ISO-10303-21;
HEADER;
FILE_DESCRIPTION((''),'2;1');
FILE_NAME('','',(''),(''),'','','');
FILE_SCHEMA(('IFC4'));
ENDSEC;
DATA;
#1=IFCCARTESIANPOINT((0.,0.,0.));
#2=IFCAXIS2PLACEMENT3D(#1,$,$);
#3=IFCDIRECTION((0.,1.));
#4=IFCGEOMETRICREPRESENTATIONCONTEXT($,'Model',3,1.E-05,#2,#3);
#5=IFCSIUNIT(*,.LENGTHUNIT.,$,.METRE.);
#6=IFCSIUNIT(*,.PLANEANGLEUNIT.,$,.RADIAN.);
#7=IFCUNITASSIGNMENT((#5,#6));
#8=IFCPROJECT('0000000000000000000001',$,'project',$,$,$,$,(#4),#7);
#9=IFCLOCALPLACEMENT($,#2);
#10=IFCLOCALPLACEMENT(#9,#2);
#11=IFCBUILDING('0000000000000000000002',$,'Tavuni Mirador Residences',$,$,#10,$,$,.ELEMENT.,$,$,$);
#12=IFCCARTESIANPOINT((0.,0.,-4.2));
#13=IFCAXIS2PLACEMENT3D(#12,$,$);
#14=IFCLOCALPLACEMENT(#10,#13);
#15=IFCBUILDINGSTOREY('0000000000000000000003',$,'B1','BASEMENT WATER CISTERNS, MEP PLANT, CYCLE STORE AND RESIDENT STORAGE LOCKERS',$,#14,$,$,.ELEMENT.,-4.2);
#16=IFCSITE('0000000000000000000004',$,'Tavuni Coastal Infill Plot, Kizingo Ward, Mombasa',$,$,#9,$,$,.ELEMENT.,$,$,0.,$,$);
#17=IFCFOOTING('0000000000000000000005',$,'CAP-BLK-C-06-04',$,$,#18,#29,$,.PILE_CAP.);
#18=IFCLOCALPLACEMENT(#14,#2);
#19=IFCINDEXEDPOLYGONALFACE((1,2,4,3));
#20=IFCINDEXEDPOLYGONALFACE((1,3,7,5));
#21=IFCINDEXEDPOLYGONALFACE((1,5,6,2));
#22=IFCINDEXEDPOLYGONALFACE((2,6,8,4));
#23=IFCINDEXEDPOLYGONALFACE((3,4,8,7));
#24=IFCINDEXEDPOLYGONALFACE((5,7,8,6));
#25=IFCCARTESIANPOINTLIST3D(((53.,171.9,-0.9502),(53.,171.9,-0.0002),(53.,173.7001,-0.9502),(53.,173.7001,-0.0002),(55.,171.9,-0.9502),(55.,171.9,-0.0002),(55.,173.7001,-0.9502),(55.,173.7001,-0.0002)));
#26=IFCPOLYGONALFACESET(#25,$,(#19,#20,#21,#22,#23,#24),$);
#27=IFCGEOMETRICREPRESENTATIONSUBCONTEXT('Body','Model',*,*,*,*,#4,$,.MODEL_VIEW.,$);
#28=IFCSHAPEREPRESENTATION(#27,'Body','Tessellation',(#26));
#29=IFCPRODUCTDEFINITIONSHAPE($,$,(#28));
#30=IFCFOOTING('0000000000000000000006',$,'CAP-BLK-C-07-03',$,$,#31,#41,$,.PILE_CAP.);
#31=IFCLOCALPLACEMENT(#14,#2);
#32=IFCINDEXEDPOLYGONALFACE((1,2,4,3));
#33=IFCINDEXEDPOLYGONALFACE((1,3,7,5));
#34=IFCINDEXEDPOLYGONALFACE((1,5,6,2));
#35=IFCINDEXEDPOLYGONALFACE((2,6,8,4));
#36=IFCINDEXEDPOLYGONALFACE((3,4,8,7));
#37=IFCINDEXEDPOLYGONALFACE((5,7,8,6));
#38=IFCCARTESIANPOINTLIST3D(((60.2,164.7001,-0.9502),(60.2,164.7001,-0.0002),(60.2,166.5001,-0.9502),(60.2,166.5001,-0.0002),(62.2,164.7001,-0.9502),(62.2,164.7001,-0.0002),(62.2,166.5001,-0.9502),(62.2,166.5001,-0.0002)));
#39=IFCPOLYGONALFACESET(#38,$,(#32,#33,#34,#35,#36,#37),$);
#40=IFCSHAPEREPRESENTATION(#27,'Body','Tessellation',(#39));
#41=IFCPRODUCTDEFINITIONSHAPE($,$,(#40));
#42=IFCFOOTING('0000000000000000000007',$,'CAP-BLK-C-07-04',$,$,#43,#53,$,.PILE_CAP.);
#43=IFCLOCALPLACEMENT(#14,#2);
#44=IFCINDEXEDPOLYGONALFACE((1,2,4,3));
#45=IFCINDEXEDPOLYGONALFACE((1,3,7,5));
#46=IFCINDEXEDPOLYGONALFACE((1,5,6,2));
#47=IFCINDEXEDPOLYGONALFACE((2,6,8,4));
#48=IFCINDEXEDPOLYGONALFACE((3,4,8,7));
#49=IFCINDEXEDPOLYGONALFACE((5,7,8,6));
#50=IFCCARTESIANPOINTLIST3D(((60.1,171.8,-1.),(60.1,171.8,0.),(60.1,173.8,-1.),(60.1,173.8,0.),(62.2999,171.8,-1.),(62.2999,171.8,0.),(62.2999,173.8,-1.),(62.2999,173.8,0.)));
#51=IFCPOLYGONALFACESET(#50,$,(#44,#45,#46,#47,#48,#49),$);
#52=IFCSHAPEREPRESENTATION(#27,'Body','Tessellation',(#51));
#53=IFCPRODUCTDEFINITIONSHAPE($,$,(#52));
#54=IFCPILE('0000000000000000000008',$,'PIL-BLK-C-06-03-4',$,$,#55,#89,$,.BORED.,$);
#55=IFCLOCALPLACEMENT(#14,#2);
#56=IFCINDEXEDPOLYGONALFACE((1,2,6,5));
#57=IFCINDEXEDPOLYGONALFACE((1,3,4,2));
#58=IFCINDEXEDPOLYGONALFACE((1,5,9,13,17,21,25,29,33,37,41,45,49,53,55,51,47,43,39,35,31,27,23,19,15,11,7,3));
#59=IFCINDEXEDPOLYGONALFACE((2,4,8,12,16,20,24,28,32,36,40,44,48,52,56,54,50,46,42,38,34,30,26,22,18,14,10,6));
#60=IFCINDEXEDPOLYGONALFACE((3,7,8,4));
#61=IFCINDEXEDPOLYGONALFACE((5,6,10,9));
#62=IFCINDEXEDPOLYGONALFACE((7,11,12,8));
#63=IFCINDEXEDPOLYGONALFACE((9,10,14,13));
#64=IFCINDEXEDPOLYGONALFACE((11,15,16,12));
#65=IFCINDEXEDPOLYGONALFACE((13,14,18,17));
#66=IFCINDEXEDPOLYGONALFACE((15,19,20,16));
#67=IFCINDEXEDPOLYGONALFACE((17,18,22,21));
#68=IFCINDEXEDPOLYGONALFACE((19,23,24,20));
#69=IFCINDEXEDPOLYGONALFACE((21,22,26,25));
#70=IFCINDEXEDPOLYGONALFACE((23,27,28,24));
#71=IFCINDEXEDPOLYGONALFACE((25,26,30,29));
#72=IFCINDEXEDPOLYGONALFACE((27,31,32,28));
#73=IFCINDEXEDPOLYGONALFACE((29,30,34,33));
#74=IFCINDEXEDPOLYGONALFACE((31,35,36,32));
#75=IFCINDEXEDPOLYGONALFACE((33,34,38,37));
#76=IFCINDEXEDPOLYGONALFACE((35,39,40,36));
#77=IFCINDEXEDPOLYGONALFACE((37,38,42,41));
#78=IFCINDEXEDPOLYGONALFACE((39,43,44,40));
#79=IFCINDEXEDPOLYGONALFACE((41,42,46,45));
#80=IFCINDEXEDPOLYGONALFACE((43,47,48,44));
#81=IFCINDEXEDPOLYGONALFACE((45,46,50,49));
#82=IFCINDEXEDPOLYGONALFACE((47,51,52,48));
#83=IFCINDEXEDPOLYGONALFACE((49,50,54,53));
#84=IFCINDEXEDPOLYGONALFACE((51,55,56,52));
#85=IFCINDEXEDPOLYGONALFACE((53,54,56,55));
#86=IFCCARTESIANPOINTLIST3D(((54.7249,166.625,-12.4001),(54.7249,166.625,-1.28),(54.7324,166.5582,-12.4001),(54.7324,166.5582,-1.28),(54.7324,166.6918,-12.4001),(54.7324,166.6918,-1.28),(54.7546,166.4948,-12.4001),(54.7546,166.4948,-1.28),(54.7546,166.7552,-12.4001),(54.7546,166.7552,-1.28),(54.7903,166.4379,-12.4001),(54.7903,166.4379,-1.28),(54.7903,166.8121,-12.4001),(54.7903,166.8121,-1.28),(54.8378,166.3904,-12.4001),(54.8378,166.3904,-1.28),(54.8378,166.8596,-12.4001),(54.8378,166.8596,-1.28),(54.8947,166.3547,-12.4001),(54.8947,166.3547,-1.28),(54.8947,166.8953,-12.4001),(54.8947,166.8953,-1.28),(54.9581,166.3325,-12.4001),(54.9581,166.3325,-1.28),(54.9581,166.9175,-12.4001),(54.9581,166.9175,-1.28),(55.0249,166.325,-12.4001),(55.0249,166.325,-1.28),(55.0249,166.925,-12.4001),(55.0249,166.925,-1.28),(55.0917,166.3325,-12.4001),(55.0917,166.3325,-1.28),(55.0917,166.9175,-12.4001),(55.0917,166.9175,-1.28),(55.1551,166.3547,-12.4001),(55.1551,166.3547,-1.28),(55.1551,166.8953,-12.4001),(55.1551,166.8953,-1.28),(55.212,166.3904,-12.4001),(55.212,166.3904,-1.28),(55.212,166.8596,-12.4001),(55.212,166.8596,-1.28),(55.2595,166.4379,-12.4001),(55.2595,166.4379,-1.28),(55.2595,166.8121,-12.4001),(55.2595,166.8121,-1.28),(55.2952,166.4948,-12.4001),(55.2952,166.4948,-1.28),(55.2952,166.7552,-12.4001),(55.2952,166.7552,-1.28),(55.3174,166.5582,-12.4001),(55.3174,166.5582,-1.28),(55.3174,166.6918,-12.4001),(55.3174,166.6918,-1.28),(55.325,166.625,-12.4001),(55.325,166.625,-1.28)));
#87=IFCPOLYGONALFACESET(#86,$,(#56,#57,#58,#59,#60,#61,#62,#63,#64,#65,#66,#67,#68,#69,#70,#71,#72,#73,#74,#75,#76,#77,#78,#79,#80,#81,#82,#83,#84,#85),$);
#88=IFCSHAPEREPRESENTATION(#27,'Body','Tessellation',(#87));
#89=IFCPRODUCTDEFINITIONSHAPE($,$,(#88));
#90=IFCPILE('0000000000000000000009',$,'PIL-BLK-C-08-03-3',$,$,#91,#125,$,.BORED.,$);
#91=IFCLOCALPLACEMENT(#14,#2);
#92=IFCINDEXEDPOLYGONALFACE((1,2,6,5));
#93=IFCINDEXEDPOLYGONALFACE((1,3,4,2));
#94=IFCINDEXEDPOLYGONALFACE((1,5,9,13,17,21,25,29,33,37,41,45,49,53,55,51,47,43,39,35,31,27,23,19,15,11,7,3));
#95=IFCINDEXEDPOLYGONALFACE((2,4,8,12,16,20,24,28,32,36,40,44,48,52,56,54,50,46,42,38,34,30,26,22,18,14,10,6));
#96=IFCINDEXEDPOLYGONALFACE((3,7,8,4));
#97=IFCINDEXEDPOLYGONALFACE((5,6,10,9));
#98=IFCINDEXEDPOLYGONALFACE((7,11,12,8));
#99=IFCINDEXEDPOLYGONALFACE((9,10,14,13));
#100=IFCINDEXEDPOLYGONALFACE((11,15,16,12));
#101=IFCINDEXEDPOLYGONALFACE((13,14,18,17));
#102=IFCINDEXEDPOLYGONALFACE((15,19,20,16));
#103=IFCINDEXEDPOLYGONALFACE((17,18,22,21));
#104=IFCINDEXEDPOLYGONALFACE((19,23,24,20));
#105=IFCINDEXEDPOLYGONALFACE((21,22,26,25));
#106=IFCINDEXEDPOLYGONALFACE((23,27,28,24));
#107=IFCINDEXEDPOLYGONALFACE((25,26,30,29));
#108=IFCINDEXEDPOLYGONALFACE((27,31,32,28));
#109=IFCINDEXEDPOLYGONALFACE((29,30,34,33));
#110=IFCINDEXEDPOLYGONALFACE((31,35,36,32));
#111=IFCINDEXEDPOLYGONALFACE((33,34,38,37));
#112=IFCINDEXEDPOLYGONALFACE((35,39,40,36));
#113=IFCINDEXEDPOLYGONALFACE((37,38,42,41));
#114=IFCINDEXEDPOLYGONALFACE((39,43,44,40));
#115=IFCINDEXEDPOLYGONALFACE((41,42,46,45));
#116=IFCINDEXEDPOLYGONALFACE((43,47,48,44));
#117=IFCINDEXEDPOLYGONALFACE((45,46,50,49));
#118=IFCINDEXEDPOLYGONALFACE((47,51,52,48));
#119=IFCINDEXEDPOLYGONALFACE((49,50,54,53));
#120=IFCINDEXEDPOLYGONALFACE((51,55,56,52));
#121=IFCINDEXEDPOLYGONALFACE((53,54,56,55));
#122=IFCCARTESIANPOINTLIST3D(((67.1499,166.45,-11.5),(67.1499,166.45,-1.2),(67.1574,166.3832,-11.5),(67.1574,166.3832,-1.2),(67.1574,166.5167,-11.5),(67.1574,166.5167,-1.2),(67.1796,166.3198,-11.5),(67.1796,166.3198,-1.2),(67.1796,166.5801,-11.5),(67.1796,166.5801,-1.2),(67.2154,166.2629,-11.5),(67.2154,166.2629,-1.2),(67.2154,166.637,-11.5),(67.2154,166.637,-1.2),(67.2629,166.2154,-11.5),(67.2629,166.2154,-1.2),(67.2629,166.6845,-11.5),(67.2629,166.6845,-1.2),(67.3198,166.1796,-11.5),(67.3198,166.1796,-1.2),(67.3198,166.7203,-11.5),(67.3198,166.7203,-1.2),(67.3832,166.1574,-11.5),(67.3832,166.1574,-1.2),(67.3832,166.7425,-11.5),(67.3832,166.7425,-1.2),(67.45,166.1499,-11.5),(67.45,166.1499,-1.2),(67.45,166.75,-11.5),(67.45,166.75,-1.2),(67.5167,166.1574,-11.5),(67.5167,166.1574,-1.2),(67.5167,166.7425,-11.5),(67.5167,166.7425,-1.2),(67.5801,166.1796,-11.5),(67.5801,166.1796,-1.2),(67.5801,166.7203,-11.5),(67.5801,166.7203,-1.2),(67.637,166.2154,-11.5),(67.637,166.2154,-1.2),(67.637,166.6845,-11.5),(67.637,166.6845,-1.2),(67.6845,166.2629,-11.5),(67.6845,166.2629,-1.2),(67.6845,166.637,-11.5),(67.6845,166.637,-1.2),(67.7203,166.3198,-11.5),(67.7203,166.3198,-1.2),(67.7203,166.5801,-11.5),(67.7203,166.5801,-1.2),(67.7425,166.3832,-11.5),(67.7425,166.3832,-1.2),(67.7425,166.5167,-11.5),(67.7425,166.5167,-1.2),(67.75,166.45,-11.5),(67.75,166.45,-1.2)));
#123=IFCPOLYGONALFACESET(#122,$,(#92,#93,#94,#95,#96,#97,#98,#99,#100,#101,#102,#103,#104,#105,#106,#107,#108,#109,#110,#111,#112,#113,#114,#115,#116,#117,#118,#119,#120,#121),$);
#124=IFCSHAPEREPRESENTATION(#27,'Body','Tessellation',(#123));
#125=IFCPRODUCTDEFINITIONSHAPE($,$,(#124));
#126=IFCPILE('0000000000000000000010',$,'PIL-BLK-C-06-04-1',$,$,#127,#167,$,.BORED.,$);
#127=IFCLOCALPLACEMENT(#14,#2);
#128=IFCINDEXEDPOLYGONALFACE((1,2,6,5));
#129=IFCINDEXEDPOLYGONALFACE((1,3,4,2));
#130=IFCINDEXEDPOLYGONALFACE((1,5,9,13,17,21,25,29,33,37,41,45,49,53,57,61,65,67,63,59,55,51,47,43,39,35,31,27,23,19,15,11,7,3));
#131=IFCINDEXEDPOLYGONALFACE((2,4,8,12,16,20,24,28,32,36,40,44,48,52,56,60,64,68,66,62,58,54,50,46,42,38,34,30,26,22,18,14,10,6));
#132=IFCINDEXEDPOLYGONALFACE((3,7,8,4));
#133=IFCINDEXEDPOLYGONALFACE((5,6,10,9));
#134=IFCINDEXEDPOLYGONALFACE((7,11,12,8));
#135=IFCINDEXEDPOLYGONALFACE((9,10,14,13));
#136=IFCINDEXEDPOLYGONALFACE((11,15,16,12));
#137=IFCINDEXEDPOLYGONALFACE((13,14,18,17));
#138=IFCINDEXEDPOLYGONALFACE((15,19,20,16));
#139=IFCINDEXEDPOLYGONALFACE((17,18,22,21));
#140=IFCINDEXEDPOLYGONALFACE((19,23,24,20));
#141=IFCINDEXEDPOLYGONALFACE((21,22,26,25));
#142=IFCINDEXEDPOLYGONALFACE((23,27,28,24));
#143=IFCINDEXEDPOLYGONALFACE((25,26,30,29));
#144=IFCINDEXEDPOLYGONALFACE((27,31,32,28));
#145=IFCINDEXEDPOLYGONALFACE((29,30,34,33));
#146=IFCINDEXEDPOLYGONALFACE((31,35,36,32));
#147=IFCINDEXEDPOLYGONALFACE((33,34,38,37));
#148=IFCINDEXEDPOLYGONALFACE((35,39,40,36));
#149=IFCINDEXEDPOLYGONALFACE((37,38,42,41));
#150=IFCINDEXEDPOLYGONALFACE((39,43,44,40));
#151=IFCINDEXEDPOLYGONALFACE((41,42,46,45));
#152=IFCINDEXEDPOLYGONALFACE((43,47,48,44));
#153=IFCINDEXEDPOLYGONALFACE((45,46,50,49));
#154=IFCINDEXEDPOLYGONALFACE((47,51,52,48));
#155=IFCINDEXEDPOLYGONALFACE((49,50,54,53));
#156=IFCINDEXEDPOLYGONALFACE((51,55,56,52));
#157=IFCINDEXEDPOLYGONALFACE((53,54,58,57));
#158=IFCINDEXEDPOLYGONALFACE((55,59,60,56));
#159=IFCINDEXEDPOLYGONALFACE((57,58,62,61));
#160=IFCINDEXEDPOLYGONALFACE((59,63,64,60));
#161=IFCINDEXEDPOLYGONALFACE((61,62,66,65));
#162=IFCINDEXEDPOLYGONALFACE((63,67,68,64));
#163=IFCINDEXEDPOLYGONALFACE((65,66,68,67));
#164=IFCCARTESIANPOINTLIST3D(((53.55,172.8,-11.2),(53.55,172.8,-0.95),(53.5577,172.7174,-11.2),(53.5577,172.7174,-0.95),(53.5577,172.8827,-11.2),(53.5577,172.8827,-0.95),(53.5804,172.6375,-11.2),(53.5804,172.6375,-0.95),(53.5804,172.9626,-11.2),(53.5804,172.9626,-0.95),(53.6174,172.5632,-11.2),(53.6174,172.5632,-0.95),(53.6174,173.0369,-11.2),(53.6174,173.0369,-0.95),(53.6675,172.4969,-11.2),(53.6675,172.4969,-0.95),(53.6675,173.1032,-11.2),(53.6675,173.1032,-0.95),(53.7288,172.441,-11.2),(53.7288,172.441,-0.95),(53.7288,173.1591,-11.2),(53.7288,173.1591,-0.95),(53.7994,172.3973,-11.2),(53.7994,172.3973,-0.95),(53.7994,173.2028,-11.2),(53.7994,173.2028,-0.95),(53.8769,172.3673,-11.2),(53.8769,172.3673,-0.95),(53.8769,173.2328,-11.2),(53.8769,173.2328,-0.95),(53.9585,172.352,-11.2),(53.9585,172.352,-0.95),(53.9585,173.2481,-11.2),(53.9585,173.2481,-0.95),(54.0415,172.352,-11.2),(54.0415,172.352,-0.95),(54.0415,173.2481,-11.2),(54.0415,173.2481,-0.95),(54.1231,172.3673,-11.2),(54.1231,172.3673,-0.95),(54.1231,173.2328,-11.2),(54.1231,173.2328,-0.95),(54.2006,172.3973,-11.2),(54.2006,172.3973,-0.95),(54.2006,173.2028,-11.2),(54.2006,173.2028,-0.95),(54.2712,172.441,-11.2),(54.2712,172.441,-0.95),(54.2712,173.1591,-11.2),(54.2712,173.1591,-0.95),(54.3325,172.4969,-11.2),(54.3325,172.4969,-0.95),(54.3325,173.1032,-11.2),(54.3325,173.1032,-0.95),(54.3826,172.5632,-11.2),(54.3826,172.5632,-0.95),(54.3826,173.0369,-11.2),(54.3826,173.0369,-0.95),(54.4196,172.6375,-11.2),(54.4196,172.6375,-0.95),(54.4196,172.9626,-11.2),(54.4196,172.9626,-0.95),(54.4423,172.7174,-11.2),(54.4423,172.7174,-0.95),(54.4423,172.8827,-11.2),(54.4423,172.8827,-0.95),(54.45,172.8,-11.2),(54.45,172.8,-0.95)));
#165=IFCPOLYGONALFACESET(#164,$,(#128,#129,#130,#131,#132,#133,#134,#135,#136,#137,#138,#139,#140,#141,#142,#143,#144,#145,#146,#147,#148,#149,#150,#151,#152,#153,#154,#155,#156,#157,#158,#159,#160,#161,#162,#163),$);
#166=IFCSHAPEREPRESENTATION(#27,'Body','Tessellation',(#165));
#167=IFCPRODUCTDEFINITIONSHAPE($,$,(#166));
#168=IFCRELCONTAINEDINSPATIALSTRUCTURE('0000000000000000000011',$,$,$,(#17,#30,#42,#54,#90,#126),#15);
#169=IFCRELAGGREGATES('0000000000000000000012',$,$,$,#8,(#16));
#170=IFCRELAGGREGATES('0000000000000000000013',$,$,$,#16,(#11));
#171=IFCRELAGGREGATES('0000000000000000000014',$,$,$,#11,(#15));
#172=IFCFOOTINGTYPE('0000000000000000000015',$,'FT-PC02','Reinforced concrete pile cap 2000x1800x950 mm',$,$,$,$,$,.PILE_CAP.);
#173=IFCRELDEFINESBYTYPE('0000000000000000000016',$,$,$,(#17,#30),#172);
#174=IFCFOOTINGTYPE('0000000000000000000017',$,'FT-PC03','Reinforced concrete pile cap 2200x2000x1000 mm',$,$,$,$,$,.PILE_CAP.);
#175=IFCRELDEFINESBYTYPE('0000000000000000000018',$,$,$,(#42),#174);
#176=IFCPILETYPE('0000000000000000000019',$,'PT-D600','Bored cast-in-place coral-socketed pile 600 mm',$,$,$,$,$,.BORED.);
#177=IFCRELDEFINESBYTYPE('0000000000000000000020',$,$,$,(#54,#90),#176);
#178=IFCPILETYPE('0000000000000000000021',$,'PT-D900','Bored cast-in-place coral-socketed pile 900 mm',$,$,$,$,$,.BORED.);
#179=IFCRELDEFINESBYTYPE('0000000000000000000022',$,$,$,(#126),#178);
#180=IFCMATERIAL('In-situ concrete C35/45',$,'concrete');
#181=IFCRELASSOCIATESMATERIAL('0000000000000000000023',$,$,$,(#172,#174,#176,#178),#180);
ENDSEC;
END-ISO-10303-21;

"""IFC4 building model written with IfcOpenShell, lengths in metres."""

from ifc_helpers import new_model, si_unit, direction, frame, origin, origin_2d, place, context, subcontext, project, spatial, rectangle, circle, extrude, material, material_profile, profile_set, type_object, element, save


model = new_model("IFC4")

# Units and contexts
model_context = context("Model", 3, precision=1e-05, world=origin(), true_north=direction((0.0, 1.0)))
body_context = subcontext(model_context, "Body", "Model", "MODEL_VIEW")
ifc_project = project(units=[si_unit("LENGTHUNIT", "METRE"), si_unit("PLANEANGLEUNIT", "RADIAN")], contexts=[model_context])

# Site, building, storey
site_placement = place(None, origin())
site = spatial("IfcSite", under=ifc_project, at=site_placement, Name="Tavuni Coastal Infill Plot, Kizingo Ward, Mombasa", CompositionType="ELEMENT", RefElevation=0.0)
building_placement = place(site_placement, origin())
building = spatial("IfcBuilding", under=site, at=building_placement, Name="Tavuni Mirador Residences", CompositionType="ELEMENT")
storey_placement = place(building_placement, frame((0.0, 0.0, -4.2)))
storey = spatial("IfcBuildingStorey", under=building, at=storey_placement, Name="B1", Description="BASEMENT WATER CISTERNS, MEP PLANT, CYCLE STORE AND RESIDENT STORAGE LOCKERS", CompositionType="ELEMENT", Elevation=-4.2)

# Footings
ifc_material_1 = material(Name="In-situ concrete C35/45", Category="concrete")
footing_type_1 = type_object("IfcFootingType", Name="FT-PC02", Description="Reinforced concrete pile cap 2000x1800x950 mm", PredefinedType="PILE_CAP", material=ifc_material_1)
for number, where, z_axis, x_axis, name in (
    (1, (54.0, 172.8, -0.9502), (0.0, 0.0, 1.0), (1.0, 0.0, 0.0), "CAP-BLK-C-06-04"),
    (2, (61.2, 165.6001, -0.9502), (0.0, 0.0, 1.0), (1.0, 0.0, 0.0), "CAP-BLK-C-07-03"),
):
    element("IfcFooting", number, at=place(storey_placement, frame(where, z_axis=z_axis, x_axis=x_axis)), inside=storey, type_object=footing_type_1, Name=name, PredefinedType="PILE_CAP", context=body_context, shape_type="SweptSolid", body=[
        extrude(rectangle(XDim=2.0, YDim=1.8, at=origin_2d()), origin(), (0.0, 0.0, 1.0), 0.95),
    ])
footing_type_2 = type_object("IfcFootingType", Name="FT-PC03", Description="Reinforced concrete pile cap 2200x2000x1000 mm", PredefinedType="PILE_CAP", material=ifc_material_1)
footing_placement = place(storey_placement, frame((61.2, 172.8, -1.0), z_axis=(0.0, 0.0, 1.0), x_axis=(1.0, 0.0, 0.0)))
element("IfcFooting", 3, at=footing_placement, inside=storey, type_object=footing_type_2, Name="CAP-BLK-C-07-04", PredefinedType="PILE_CAP", context=body_context, shape_type="SweptSolid", body=[
    extrude(rectangle(XDim=2.2, YDim=2.0, at=origin_2d()), origin(), (0.0, 0.0, 1.0), 1.0),
])

# Piles
ifc_material_profile_1 = material_profile(ifc_material_1, circle(Radius=0.3, at=origin_2d()), Name="PILE D600", Category="concrete")
ifc_profile_set_1 = profile_set([ifc_material_profile_1], Name="In-situ concrete C35/45")
pile_type_1 = type_object("IfcPileType", Name="PT-D600", Description="Bored cast-in-place coral-socketed pile 600 mm", PredefinedType="BORED", material=ifc_profile_set_1)
pile_1_placement = place(storey_placement, frame((55.0249, 166.625, -1.28), z_axis=(0.0, 0.0, -1.0), x_axis=(1.0, 0.0, 0.0)))
element("IfcPile", 4, at=pile_1_placement, inside=storey, type_object=pile_type_1, Name="PIL-BLK-C-06-03-4", PredefinedType="BORED", context=body_context, shape_type="SweptSolid", body=[
    extrude(circle(Radius=0.3, at=origin_2d()), origin(), (0.0, 0.0, 1.0), 11.1201),
])
pile_2_placement = place(storey_placement, frame((67.45, 166.45, -1.2), z_axis=(0.0, 0.0, -1.0), x_axis=(1.0, 0.0, 0.0)))
element("IfcPile", 5, at=pile_2_placement, inside=storey, type_object=pile_type_1, Name="PIL-BLK-C-08-03-3", PredefinedType="BORED", context=body_context, shape_type="SweptSolid", body=[
    extrude(circle(Radius=0.3, at=origin_2d()), origin(), (0.0, 0.0, 1.0), 10.3),
])
ifc_material_profile_2 = material_profile(ifc_material_1, circle(Radius=0.45, at=origin_2d()), Name="PILE D900", Category="concrete")
ifc_profile_set_2 = profile_set([ifc_material_profile_2], Name="In-situ concrete C35/45")
pile_type_2 = type_object("IfcPileType", Name="PT-D900", Description="Bored cast-in-place coral-socketed pile 900 mm", PredefinedType="BORED", material=ifc_profile_set_2)
for number, where, z_axis, x_axis, name in (
    (6, (54.0, 172.8, -0.95), (0.0, 0.0, -1.0), (1.0, 0.0, 0.0), "PIL-BLK-C-06-04-1"),
):
    element("IfcPile", number, at=place(storey_placement, frame(where, z_axis=z_axis, x_axis=x_axis)), inside=storey, type_object=pile_type_2, Name=name, PredefinedType="BORED", context=body_context, shape_type="SweptSolid", body=[
        extrude(circle(Radius=0.45, at=origin_2d()), origin(), (0.0, 0.0, 1.0), 10.25),
    ])

save(model, "model.ifc")
